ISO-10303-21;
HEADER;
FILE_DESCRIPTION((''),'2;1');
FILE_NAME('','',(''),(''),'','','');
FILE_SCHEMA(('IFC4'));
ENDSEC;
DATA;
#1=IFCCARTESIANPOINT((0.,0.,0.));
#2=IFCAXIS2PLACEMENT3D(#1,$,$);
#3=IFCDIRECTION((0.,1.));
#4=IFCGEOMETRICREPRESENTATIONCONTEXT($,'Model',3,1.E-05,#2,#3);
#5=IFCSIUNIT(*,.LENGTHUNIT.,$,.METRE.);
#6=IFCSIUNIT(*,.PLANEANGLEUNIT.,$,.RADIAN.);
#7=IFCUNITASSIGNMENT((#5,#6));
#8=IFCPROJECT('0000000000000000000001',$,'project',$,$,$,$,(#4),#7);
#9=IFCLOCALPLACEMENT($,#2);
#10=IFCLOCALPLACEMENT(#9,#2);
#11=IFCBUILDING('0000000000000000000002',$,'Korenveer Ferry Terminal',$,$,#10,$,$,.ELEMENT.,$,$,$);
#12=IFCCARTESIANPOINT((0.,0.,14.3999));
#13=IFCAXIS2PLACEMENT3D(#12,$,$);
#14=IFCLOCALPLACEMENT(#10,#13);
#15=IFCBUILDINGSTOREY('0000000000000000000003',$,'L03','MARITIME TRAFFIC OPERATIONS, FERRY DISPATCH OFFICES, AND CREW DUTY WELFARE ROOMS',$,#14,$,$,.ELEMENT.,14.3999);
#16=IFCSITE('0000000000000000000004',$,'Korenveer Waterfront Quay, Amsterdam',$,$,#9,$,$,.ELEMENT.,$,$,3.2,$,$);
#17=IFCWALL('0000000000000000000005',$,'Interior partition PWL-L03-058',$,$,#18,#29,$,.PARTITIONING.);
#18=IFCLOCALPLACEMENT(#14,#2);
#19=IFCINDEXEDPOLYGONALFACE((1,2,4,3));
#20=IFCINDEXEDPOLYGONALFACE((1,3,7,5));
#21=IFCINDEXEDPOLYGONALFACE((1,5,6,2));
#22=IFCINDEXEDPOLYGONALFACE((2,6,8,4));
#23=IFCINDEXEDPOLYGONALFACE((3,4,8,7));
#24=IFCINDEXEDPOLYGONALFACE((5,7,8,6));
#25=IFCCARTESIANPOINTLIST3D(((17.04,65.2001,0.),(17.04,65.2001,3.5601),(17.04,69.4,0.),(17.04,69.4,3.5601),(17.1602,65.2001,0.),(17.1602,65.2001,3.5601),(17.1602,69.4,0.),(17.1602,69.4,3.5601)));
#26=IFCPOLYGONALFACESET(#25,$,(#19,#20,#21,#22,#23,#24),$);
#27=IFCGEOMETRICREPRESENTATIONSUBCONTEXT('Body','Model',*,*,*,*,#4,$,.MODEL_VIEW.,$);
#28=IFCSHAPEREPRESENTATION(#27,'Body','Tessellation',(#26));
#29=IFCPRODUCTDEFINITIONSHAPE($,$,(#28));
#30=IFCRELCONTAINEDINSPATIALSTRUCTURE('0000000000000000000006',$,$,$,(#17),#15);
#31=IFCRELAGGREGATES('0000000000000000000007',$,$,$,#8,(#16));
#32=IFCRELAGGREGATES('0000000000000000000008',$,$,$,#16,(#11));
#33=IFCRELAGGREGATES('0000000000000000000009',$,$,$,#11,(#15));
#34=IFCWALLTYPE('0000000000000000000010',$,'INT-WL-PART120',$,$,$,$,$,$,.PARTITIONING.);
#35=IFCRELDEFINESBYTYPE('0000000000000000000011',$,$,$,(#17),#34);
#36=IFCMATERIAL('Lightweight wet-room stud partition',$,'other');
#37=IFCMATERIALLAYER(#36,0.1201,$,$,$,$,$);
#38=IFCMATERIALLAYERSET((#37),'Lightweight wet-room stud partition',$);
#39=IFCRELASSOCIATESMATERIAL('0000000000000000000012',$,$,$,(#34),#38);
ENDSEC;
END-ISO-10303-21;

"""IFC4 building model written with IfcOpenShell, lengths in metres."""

from ifc_helpers import new_model, si_unit, direction, frame, frame_2d, origin, place, context, subcontext, project, spatial, rectangle, extrude, material, layer, layer_set, type_object, element, save


model = new_model("IFC4")

# Units and contexts
model_context = context("Model", 3, precision=1e-05, world=origin(), true_north=direction((0.0, 1.0)))
body_context = subcontext(model_context, "Body", "Model", "MODEL_VIEW")
ifc_project = project(units=[si_unit("LENGTHUNIT", "METRE"), si_unit("PLANEANGLEUNIT", "RADIAN")], contexts=[model_context])

# Site, building, storey
site_placement = place(None, origin())
site = spatial("IfcSite", under=ifc_project, at=site_placement, Name="Korenveer Waterfront Quay, Amsterdam", CompositionType="ELEMENT", RefElevation=3.2)
building_placement = place(site_placement, origin())
building = spatial("IfcBuilding", under=site, at=building_placement, Name="Korenveer Ferry Terminal", CompositionType="ELEMENT")
storey_placement = place(building_placement, frame((0.0, 0.0, 14.3999)))
storey = spatial("IfcBuildingStorey", under=building, at=storey_placement, Name="L03", Description="MARITIME TRAFFIC OPERATIONS, FERRY DISPATCH OFFICES, AND CREW DUTY WELFARE ROOMS", CompositionType="ELEMENT", Elevation=14.3999)

# Wall
ifc_material_1 = material(Name="Lightweight wet-room stud partition", Category="other")
ifc_layer_1 = layer(ifc_material_1, 0.1201)
ifc_layer_set_1 = layer_set([ifc_layer_1], Name="Lightweight wet-room stud partition")
wall_type_1 = type_object("IfcWallType", Name="INT-WL-PART120", PredefinedType="PARTITIONING", material=ifc_layer_set_1)
wall_1_placement = place(storey_placement, frame((17.1001, 65.2, 0.0), z_axis=(0.0, 0.0, 1.0), x_axis=(0.0, 1.0, 0.0)))
element("IfcWall", 1, at=wall_1_placement, inside=storey, type_object=wall_type_1, Name="Interior partition PWL-L03-058", PredefinedType="PARTITIONING", context=body_context, shape_type="SweptSolid", body=[
    extrude(rectangle(XDim=4.2, YDim=0.1201, at=frame_2d((2.1001, 0.0))), origin(), (0.0, 0.0, 1.0), 3.5601),
])

save(model, "model.ifc")
